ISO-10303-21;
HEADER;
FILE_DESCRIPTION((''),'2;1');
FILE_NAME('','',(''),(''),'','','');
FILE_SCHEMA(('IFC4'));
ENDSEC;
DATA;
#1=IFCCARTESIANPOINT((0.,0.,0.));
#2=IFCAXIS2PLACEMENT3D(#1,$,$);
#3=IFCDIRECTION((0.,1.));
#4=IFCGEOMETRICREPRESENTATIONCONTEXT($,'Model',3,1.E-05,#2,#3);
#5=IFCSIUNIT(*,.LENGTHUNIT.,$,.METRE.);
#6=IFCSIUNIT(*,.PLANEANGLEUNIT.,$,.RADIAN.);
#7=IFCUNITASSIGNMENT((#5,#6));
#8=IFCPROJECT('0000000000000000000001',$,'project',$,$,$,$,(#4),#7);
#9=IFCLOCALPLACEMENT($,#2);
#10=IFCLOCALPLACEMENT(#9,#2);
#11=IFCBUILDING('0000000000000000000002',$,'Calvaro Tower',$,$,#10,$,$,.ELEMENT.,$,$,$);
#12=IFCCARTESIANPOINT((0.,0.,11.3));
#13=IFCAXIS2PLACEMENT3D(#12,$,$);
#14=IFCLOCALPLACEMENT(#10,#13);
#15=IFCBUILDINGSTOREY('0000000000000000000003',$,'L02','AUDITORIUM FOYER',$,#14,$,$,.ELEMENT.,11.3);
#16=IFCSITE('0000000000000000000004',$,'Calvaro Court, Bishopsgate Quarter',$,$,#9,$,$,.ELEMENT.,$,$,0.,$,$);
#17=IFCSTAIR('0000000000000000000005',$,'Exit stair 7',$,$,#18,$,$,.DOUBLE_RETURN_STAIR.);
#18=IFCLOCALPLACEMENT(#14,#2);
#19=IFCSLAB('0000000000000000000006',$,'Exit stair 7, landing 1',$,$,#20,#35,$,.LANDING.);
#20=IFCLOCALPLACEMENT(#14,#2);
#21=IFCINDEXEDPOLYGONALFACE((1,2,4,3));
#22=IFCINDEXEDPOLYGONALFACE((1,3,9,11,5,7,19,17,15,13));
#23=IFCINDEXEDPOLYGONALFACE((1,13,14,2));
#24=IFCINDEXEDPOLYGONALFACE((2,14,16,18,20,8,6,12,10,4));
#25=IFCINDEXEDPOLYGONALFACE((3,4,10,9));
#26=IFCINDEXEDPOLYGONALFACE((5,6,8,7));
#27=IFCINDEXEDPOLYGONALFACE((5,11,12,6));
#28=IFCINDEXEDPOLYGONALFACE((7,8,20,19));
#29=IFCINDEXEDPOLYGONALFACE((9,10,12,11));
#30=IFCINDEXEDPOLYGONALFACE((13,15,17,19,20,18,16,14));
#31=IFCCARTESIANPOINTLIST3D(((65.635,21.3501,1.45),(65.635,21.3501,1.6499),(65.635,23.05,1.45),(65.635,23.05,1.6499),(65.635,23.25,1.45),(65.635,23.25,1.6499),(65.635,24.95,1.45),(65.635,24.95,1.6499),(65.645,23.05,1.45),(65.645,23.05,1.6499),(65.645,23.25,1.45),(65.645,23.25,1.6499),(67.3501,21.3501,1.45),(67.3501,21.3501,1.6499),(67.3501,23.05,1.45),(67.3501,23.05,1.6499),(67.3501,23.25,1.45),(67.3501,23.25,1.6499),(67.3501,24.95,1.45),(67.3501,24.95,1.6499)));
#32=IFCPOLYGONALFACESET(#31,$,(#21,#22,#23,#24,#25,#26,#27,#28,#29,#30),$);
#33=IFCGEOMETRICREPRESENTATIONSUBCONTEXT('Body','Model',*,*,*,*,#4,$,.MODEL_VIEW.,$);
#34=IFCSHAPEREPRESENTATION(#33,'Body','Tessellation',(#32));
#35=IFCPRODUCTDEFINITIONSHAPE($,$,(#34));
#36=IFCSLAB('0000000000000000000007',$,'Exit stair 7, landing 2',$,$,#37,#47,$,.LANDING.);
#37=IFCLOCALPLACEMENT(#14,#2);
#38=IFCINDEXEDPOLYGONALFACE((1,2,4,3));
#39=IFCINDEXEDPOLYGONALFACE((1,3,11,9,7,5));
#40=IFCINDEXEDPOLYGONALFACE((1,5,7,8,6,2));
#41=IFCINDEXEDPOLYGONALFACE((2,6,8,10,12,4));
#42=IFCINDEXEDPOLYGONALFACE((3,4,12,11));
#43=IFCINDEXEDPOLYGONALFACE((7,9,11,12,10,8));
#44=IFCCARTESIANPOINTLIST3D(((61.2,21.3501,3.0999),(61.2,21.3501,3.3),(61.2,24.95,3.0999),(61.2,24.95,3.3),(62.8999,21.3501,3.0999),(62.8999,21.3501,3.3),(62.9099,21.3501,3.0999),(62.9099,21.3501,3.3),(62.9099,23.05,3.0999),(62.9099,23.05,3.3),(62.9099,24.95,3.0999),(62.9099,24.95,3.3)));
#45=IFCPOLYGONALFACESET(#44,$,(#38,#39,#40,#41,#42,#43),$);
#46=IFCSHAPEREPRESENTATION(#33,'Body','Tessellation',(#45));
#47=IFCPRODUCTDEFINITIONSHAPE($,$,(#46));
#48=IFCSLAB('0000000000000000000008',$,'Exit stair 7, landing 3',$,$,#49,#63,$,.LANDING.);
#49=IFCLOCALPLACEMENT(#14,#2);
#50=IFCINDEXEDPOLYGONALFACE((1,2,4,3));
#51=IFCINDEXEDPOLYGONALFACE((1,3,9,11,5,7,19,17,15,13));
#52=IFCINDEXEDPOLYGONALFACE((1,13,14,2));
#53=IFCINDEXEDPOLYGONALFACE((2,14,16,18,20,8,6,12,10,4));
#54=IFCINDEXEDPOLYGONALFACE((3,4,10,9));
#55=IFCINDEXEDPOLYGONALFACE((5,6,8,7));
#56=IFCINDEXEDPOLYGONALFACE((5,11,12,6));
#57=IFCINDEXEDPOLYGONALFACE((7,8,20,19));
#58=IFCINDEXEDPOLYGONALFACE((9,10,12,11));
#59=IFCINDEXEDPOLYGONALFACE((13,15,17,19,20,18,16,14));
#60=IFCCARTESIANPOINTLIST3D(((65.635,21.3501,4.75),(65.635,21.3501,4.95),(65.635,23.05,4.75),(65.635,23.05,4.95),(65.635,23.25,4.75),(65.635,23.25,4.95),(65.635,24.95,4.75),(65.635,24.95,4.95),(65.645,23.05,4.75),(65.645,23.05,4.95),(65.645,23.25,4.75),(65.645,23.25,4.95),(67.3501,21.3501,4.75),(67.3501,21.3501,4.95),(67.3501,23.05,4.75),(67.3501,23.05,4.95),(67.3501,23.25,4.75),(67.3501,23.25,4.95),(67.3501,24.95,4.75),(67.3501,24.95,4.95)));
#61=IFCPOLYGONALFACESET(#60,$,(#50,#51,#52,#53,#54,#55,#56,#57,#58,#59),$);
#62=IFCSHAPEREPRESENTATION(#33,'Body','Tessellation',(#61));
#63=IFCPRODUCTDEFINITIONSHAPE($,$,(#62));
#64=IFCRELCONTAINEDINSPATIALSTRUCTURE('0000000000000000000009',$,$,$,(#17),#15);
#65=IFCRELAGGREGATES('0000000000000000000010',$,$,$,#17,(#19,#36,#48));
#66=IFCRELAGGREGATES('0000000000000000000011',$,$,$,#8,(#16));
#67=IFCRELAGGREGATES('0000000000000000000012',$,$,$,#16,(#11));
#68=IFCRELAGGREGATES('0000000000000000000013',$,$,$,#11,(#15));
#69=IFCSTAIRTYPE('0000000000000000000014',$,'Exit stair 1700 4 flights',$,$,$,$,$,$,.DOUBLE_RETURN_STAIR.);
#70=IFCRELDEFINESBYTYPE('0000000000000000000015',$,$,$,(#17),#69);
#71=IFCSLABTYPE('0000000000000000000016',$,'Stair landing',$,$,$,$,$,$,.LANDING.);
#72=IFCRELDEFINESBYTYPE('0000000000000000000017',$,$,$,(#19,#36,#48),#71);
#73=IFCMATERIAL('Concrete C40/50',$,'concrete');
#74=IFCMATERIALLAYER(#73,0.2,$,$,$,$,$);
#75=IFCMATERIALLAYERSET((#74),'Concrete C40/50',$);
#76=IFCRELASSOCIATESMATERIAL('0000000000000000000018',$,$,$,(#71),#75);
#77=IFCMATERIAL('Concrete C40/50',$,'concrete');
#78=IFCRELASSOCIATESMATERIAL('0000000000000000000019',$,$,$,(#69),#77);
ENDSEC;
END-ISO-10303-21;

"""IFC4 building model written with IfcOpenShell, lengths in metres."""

from ifc_helpers import new_model, si_unit, direction, frame, origin, place, context, subcontext, project, spatial, polyline, outline, extrude, material, layer, layer_set, type_object, element, aggregate, save


model = new_model("IFC4")

# Units and contexts
model_context = context("Model", 3, precision=1e-05, world=origin(), true_north=direction((0.0, 1.0)))
body_context = subcontext(model_context, "Body", "Model", "MODEL_VIEW")
ifc_project = project(units=[si_unit("LENGTHUNIT", "METRE"), si_unit("PLANEANGLEUNIT", "RADIAN")], contexts=[model_context])

# Site, building, storey
site_placement = place(None, origin())
site = spatial("IfcSite", under=ifc_project, at=site_placement, Name="Calvaro Court, Bishopsgate Quarter", CompositionType="ELEMENT", RefElevation=0.0)
building_placement = place(site_placement, origin())
building = spatial("IfcBuilding", under=site, at=building_placement, Name="Calvaro Tower", CompositionType="ELEMENT")
storey_placement = place(building_placement, frame((0.0, 0.0, 11.3)))
storey = spatial("IfcBuildingStorey", under=building, at=storey_placement, Name="L02", Description="AUDITORIUM FOYER", CompositionType="ELEMENT", Elevation=11.3)

# Stair, slabs
ifc_material_1 = material(Name="Concrete C40/50", Category="concrete")
ifc_layer = layer(ifc_material_1, 0.2)
ifc_layer_set = layer_set([ifc_layer], Name="Concrete C40/50")
slab_type = type_object("IfcSlabType", Name="Stair landing", PredefinedType="LANDING", material=ifc_layer_set)
ifc_material_2 = material(Name="Concrete C40/50", Category="concrete")
stair_type_1 = type_object("IfcStairType", Name="Exit stair 1700 4 flights", PredefinedType="DOUBLE_RETURN_STAIR", material=ifc_material_2)
stair_1_placement = place(storey_placement, origin())
stair_1 = element("IfcStair", 1, at=stair_1_placement, inside=storey, type_object=stair_type_1, Name="Exit stair 7", PredefinedType="DOUBLE_RETURN_STAIR")
slab_1_placement = place(storey_placement, frame((0.0, 0.0, 1.45)))
slab_1 = element("IfcSlab", 2, at=slab_1_placement, type_object=slab_type, Name="Exit stair 7, landing 1", PredefinedType="LANDING", context=body_context, shape_type="SweptSolid", body=[
    extrude(outline(polyline([(65.645, 23.05), (65.645, 23.25), (65.635, 23.25), (65.635, 24.95), (67.3501, 24.95), (67.3501, 24.95), (67.3501, 23.25), (67.3501, 23.05), (67.3501, 21.3501), (67.3501, 21.3501), (65.635, 21.3501), (65.635, 23.05), (65.645, 23.05)])), origin(), (0.0, 0.0, 1.0), 0.2),
])
slab_2_placement = place(storey_placement, frame((0.0, 0.0, 3.0999)))
slab_2 = element("IfcSlab", 3, at=slab_2_placement, type_object=slab_type, Name="Exit stair 7, landing 2", PredefinedType="LANDING", context=body_context, shape_type="SweptSolid", body=[
    extrude(outline(polyline([(62.9099, 23.05), (62.9099, 21.3501), (62.9099, 21.3501), (62.8999, 21.3501), (62.8999, 21.3501), (61.2, 21.3501), (61.2, 24.95), (62.9099, 24.95), (62.9099, 23.05)])), origin(), (0.0, 0.0, 1.0), 0.2002),
])
slab_3_placement = place(storey_placement, frame((0.0, 0.0, 4.75)))
slab_3 = element("IfcSlab", 4, at=slab_3_placement, type_object=slab_type, Name="Exit stair 7, landing 3", PredefinedType="LANDING", context=body_context, shape_type="SweptSolid", body=[
    extrude(outline(polyline([(65.645, 23.05), (65.645, 23.25), (65.635, 23.25), (65.635, 24.95), (67.3501, 24.95), (67.3501, 24.95), (67.3501, 23.25), (67.3501, 23.05), (67.3501, 21.3501), (67.3501, 21.3501), (65.635, 21.3501), (65.635, 23.05), (65.645, 23.05)])), origin(), (0.0, 0.0, 1.0), 0.2),
])
aggregate(stair_1, [slab_1, slab_2, slab_3])

save(model, "model.ifc")
